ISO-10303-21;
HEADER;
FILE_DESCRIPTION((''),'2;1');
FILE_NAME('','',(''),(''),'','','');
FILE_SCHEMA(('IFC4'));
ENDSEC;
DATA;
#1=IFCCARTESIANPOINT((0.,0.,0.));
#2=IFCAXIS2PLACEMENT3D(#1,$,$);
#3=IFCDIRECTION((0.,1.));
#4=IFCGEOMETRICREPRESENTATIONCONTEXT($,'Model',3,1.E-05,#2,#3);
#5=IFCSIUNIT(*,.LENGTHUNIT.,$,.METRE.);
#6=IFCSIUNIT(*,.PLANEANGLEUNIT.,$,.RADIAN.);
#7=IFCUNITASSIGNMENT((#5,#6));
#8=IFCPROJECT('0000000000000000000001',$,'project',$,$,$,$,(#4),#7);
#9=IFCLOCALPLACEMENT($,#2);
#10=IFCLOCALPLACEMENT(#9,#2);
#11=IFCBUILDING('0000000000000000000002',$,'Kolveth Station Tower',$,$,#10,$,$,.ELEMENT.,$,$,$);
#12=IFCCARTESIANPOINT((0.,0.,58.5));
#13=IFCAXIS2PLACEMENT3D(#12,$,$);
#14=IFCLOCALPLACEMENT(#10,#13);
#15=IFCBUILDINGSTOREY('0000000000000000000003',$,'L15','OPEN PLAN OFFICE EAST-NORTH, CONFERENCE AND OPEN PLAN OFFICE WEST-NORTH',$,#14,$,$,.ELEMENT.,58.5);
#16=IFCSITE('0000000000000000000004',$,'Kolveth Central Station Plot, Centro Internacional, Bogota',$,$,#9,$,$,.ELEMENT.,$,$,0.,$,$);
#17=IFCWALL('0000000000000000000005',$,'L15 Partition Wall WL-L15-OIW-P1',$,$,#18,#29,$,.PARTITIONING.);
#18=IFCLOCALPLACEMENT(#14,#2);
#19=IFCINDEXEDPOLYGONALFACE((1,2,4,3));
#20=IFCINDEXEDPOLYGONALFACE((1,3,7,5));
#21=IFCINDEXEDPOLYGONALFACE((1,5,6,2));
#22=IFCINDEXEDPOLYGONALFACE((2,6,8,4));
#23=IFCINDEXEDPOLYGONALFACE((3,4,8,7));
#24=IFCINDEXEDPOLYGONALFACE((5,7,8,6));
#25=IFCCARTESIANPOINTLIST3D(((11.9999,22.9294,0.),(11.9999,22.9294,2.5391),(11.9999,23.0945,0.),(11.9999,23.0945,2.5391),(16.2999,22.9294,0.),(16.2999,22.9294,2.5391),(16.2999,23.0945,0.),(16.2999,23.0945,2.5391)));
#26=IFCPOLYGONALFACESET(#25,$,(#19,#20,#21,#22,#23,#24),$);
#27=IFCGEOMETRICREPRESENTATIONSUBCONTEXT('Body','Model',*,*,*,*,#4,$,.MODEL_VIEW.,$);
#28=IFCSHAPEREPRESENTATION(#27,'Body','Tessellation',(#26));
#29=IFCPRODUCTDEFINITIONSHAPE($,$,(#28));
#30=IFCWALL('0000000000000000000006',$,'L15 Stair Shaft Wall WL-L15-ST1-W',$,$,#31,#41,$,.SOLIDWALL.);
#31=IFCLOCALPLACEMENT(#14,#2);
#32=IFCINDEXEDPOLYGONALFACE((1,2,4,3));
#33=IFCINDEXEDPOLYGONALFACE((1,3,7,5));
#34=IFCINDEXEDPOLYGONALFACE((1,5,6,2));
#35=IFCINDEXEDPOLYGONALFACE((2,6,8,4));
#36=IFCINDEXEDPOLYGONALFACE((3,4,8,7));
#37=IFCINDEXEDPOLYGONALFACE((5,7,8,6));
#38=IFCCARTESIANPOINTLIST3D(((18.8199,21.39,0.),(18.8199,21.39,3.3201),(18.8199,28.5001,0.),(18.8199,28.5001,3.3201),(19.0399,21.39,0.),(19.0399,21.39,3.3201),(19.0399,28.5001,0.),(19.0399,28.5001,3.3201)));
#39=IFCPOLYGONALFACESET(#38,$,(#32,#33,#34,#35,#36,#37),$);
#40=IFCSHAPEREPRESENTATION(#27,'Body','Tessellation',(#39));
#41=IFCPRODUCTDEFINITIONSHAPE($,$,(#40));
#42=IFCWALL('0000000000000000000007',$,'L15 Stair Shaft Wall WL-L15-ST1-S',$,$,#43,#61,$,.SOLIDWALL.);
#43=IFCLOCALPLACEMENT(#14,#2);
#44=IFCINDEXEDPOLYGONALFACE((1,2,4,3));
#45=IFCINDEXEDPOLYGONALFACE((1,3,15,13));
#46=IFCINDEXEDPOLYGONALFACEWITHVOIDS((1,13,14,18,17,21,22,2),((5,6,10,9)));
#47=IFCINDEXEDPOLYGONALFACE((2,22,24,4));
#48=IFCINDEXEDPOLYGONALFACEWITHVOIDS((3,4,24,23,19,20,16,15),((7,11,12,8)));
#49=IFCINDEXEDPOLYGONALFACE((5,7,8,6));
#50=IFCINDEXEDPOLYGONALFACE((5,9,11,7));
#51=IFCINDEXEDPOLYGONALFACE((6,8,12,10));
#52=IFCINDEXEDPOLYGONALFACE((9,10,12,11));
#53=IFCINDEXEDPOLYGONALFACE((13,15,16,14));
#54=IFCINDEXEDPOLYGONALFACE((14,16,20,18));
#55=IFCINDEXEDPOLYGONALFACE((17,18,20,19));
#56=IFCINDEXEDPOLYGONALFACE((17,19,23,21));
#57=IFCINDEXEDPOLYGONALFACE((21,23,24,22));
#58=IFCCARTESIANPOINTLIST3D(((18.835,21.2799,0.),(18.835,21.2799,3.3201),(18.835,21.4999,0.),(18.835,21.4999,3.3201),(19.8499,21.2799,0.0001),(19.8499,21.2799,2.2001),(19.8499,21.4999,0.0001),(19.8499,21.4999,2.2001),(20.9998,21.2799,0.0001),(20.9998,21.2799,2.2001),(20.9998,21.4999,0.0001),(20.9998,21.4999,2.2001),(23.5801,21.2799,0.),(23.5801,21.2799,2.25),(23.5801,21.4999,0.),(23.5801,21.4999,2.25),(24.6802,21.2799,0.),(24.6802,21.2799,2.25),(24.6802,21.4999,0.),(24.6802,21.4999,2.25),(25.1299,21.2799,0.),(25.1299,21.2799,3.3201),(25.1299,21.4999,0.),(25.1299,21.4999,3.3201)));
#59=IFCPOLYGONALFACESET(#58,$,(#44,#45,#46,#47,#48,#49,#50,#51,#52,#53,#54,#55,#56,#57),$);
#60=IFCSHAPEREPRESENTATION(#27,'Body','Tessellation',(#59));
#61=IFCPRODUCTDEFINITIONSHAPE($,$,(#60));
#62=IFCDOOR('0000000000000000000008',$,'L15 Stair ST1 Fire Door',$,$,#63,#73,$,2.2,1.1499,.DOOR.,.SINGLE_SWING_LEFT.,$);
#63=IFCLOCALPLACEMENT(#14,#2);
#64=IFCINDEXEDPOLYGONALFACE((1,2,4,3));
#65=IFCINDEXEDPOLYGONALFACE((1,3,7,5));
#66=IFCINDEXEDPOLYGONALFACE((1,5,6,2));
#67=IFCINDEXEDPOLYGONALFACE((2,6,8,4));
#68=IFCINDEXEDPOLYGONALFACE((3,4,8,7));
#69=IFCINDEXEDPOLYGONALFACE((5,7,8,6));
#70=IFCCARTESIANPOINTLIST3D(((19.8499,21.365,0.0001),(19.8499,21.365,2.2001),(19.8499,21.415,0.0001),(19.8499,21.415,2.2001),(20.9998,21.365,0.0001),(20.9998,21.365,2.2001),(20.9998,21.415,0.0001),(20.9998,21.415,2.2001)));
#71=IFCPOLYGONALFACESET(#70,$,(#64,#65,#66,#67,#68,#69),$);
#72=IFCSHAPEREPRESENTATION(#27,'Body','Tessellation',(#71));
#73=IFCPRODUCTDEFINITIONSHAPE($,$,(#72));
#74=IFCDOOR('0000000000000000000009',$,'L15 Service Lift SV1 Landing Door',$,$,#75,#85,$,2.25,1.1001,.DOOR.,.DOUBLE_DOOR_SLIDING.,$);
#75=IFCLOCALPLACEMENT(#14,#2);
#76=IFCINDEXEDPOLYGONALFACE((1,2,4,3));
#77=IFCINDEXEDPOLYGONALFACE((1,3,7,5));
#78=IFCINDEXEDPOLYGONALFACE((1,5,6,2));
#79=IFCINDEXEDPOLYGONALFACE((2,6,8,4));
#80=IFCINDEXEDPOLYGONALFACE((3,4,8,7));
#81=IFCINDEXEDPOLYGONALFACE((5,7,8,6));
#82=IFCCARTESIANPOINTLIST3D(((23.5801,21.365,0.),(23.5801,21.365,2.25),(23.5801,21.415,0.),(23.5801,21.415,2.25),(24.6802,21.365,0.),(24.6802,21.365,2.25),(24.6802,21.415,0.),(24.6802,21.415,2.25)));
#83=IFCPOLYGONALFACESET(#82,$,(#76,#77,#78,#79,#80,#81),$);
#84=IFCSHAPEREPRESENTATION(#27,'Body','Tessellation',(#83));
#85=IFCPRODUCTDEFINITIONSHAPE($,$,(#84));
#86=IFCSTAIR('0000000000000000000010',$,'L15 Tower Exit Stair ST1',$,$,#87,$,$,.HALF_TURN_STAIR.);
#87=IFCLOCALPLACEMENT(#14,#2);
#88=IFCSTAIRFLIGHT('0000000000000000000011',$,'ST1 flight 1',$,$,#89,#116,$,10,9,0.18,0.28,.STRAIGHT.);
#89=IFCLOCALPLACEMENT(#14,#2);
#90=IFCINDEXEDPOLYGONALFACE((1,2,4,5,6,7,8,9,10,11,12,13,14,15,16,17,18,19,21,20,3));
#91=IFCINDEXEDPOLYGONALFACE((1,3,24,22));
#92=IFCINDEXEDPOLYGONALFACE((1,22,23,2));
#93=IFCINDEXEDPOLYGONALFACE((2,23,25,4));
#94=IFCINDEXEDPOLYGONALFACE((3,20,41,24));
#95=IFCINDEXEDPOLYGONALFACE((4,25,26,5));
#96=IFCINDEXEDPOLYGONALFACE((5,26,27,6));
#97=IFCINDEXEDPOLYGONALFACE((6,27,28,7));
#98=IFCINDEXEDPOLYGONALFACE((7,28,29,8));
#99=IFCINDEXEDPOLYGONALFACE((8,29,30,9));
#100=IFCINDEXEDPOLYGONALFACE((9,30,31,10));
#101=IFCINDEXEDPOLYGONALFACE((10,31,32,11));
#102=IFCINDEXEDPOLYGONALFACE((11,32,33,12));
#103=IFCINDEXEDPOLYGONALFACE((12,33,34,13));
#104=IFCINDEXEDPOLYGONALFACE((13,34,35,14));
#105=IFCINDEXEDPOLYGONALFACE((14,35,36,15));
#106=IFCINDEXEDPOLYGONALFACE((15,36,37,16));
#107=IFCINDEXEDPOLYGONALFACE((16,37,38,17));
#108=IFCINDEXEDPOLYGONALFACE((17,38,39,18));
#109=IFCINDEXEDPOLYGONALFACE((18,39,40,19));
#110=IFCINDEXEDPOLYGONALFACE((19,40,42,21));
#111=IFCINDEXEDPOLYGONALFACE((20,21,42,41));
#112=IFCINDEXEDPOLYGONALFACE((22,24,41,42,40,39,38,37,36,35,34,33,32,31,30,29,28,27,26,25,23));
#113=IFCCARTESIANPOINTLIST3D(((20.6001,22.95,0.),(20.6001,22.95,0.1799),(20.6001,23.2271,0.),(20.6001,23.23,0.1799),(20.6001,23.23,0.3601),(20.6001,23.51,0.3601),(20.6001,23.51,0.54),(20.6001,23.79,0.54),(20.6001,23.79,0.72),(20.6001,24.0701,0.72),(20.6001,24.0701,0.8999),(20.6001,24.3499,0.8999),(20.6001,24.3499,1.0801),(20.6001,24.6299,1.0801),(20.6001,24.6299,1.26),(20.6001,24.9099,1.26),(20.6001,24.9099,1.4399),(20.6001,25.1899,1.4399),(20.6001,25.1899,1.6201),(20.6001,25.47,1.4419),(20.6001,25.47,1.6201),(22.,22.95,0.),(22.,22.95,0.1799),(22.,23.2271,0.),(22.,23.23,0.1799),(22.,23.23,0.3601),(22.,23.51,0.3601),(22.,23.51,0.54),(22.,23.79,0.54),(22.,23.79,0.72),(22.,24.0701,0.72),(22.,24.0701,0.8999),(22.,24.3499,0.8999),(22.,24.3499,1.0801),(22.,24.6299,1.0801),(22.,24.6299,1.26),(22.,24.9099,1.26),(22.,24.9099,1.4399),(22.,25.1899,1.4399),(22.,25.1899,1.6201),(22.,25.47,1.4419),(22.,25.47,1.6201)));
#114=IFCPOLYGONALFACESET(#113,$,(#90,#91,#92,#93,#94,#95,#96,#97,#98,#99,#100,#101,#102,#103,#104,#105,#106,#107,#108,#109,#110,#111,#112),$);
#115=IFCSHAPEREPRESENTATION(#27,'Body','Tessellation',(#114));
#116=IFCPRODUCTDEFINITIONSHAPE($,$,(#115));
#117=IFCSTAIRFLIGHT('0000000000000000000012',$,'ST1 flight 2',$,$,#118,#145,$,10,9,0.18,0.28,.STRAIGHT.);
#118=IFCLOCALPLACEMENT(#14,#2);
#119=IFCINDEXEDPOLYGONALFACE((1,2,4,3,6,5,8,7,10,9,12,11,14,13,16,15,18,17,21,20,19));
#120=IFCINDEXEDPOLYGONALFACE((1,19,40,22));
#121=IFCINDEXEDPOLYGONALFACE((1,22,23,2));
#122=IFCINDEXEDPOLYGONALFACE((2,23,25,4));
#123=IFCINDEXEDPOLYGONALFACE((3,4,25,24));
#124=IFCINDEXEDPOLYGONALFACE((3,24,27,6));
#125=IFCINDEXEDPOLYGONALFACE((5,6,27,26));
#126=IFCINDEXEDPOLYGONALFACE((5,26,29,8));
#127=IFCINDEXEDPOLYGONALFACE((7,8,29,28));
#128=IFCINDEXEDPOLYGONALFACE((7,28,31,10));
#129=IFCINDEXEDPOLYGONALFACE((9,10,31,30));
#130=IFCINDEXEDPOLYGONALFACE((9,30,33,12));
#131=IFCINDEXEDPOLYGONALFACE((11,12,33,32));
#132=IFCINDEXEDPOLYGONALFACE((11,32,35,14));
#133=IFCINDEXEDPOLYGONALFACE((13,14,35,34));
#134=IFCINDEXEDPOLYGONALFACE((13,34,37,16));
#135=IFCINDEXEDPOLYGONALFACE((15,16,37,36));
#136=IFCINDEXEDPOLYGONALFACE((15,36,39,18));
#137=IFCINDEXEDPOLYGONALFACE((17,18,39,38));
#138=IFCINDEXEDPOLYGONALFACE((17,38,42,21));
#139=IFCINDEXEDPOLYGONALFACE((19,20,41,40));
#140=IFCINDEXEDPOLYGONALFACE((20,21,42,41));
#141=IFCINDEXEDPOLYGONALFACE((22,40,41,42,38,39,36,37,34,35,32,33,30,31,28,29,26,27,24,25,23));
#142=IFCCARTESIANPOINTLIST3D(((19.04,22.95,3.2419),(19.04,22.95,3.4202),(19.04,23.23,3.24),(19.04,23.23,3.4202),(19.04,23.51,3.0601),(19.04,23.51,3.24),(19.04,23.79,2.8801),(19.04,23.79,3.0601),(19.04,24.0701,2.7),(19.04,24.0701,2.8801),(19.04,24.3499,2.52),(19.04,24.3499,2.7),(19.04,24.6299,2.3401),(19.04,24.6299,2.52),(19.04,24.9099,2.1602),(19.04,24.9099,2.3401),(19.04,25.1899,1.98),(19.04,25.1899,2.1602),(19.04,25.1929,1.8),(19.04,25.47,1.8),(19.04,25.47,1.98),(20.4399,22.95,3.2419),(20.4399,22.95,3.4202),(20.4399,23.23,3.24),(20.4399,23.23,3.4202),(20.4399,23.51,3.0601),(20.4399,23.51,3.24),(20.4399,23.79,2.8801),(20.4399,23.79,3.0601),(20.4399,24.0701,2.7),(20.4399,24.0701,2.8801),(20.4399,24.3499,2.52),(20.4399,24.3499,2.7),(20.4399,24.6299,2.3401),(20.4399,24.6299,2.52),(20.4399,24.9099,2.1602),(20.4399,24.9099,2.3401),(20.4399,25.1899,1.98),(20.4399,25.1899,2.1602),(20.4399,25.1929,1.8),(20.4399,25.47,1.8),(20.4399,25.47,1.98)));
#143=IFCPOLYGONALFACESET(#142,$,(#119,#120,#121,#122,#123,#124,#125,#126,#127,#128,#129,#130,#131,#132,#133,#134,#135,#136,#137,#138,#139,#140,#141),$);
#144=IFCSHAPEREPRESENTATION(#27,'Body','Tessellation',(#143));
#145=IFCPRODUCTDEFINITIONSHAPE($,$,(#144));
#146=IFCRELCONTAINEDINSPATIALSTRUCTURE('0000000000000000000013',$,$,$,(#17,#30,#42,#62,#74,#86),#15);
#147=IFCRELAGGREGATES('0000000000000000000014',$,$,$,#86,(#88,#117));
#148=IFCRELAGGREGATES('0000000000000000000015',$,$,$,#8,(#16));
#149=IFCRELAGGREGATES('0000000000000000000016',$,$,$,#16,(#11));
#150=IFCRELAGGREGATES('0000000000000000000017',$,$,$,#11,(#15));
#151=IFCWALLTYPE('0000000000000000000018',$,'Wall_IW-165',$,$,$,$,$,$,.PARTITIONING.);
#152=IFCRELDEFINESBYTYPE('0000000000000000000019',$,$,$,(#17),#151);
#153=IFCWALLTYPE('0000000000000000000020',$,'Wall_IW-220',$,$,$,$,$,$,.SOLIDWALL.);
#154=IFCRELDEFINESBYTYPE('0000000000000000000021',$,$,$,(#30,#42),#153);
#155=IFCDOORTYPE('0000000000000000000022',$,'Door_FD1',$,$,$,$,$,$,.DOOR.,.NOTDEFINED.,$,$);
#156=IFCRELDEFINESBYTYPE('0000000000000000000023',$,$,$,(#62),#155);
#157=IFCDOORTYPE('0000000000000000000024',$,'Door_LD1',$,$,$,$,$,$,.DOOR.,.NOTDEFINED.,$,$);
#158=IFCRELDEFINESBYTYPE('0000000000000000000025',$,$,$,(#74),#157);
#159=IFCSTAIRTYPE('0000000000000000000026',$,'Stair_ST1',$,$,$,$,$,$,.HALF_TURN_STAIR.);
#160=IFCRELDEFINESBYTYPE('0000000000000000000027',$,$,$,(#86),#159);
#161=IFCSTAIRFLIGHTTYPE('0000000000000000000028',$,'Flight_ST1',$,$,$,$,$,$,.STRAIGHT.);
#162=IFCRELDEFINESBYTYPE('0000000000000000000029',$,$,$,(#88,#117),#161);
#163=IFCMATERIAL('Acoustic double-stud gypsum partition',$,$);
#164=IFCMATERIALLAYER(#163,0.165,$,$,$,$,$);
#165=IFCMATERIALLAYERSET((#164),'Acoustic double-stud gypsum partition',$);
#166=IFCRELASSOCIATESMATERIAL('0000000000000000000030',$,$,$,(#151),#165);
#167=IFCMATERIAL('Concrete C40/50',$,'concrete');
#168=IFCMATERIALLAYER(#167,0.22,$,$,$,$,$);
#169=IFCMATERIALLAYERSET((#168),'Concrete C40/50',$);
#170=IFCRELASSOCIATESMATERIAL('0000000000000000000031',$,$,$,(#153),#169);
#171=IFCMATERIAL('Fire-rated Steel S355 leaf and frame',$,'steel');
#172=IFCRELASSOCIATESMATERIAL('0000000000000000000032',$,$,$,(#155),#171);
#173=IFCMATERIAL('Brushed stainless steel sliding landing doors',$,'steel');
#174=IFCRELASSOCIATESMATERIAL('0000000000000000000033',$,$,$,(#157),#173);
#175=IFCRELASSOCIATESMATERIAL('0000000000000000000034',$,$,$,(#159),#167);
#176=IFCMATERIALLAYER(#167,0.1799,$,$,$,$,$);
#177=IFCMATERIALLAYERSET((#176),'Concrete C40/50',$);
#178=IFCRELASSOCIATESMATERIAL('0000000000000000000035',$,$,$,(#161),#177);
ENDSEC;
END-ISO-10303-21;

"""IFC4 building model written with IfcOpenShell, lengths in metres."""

from ifc_helpers import new_model, si_unit, direction, frame, frame_2d, origin, place, context, subcontext, project, spatial, polyline, rectangle, outline, extrude, material, layer, layer_set, type_object, element, fill, aggregate, save


model = new_model("IFC4")

# Units and contexts
model_context = context("Model", 3, precision=1e-05, world=origin(), true_north=direction((0.0, 1.0)))
body_context = subcontext(model_context, "Body", "Model", "MODEL_VIEW")
ifc_project = project(units=[si_unit("LENGTHUNIT", "METRE"), si_unit("PLANEANGLEUNIT", "RADIAN")], contexts=[model_context])

# Site, building, storey
site_placement = place(None, origin())
site = spatial("IfcSite", under=ifc_project, at=site_placement, Name="Kolveth Central Station Plot, Centro Internacional, Bogota", CompositionType="ELEMENT", RefElevation=0.0)
building_placement = place(site_placement, origin())
building = spatial("IfcBuilding", under=site, at=building_placement, Name="Kolveth Station Tower", CompositionType="ELEMENT")
storey_placement = place(building_placement, frame((0.0, 0.0, 58.5)))
storey = spatial("IfcBuildingStorey", under=building, at=storey_placement, Name="L15", Description="OPEN PLAN OFFICE EAST-NORTH, CONFERENCE AND OPEN PLAN OFFICE WEST-NORTH", CompositionType="ELEMENT", Elevation=58.5)

# Walls
ifc_material_1 = material(Name="Acoustic double-stud gypsum partition")
ifc_layer_1 = layer(ifc_material_1, 0.165)
ifc_layer_set_1 = layer_set([ifc_layer_1], Name="Acoustic double-stud gypsum partition")
wall_type_1 = type_object("IfcWallType", Name="Wall_IW-165", PredefinedType="PARTITIONING", material=ifc_layer_set_1)
wall_1_placement = place(storey_placement, frame((12.0, 23.012, 0.0), z_axis=(0.0, 0.0, 1.0), x_axis=(1.0, 0.0, 0.0)))
element("IfcWall", 1, at=wall_1_placement, inside=storey, type_object=wall_type_1, Name="L15 Partition Wall WL-L15-OIW-P1", PredefinedType="PARTITIONING", context=body_context, shape_type="SweptSolid", body=[
    extrude(rectangle(XDim=4.3, YDim=0.165, at=frame_2d((2.1499, 0.0))), origin(), (0.0, 0.0, 1.0), 2.5391),
])
ifc_material_2 = material(Name="Concrete C40/50", Category="concrete")
ifc_layer_2 = layer(ifc_material_2, 0.22)
ifc_layer_set_2 = layer_set([ifc_layer_2], Name="Concrete C40/50")
wall_type_2 = type_object("IfcWallType", Name="Wall_IW-220", PredefinedType="SOLIDWALL", material=ifc_layer_set_2)
wall_2_placement = place(storey_placement, frame((18.9299, 21.3899, 0.0), z_axis=(0.0, 0.0, 1.0), x_axis=(0.0, 1.0, 0.0)))
element("IfcWall", 2, at=wall_2_placement, inside=storey, type_object=wall_type_2, Name="L15 Stair Shaft Wall WL-L15-ST1-W", PredefinedType="SOLIDWALL", context=body_context, shape_type="SweptSolid", body=[
    extrude(rectangle(XDim=7.1101, YDim=0.22, at=frame_2d((3.5552, 0.0))), origin(), (0.0, 0.0, 1.0), 3.3201),
])

# Wall, openings, doors
wall_3_placement = place(storey_placement, frame((18.835, 21.3899, 0.0), z_axis=(0.0, 0.0, 1.0), x_axis=(1.0, 0.0, 0.0)))
wall_3 = element("IfcWall", 3, at=wall_3_placement, inside=storey, type_object=wall_type_2, Name="L15 Stair Shaft Wall WL-L15-ST1-S", PredefinedType="SOLIDWALL", context=body_context, shape_type="SweptSolid", body=[
    extrude(rectangle(XDim=6.2949, YDim=0.22, at=frame_2d((3.1475, 0.0))), origin(), (0.0, 0.0, 1.0), 3.3201),
])
opening_1_placement = place(wall_3_placement, frame((1.0149, 0.0, 0.0)))
opening_1 = element("IfcOpeningElement", 4, at=opening_1_placement, cuts=wall_3, PredefinedType="OPENING", context=body_context, shape_type="SweptSolid", body=[
    extrude(rectangle(XDim=1.1499, YDim=2.2, at=frame_2d((0.575, 1.1001))), frame((0.0, 0.1199, 0.0), z_axis=(0.0, -1.0, 0.0), x_axis=(1.0, 0.0, 0.0)), (0.0, 0.0, 1.0), 0.24),
])
opening_2_placement = place(wall_3_placement, frame((4.7451, 0.0, 0.0)))
opening_2 = element("IfcOpeningElement", 5, at=opening_2_placement, cuts=wall_3, PredefinedType="OPENING", context=body_context, shape_type="SweptSolid", body=[
    extrude(rectangle(XDim=1.1001, YDim=2.25, at=frame_2d((0.55, 1.125))), frame((0.0, 0.1199, 0.0), z_axis=(0.0, -1.0, 0.0), x_axis=(1.0, 0.0, 0.0)), (0.0, 0.0, 1.0), 0.24),
])
ifc_material_3 = material(Name="Fire-rated Steel S355 leaf and frame", Category="steel")
door_type_1 = type_object("IfcDoorType", Name="Door_FD1", OperationType="NOTDEFINED", PredefinedType="DOOR", material=ifc_material_3)
door_1_placement = place(opening_1_placement, frame((1.1499, 0.0, 0.0), z_axis=(0.0, 0.0, 1.0), x_axis=(-1.0, 0.0, 0.0)))
door_1 = element("IfcDoor", 6, at=door_1_placement, inside=storey, type_object=door_type_1, Name="L15 Stair ST1 Fire Door", OperationType="SINGLE_SWING_LEFT", OverallHeight=2.2, OverallWidth=1.1499, PredefinedType="DOOR", context=body_context, shape_type="SweptSolid", body=[
    extrude(rectangle(XDim=1.1499, YDim=2.2, at=frame_2d((0.575, 1.1001))), frame((0.0, 0.0249, 0.0), z_axis=(0.0, -1.0, 0.0), x_axis=(1.0, 0.0, 0.0)), (0.0, 0.0, 1.0), 0.05),
])
fill(opening_1, door_1)
ifc_material_4 = material(Name="Brushed stainless steel sliding landing doors", Category="steel")
door_type_2 = type_object("IfcDoorType", Name="Door_LD1", OperationType="NOTDEFINED", PredefinedType="DOOR", material=ifc_material_4)
door_2_placement = place(opening_2_placement, frame((1.1001, 0.0, 0.0), z_axis=(0.0, 0.0, 1.0), x_axis=(-1.0, 0.0, 0.0)))
door_2 = element("IfcDoor", 7, at=door_2_placement, inside=storey, type_object=door_type_2, Name="L15 Service Lift SV1 Landing Door", OperationType="DOUBLE_DOOR_SLIDING", OverallHeight=2.25, OverallWidth=1.1001, PredefinedType="DOOR", context=body_context, shape_type="SweptSolid", body=[
    extrude(rectangle(XDim=1.1001, YDim=2.25, at=frame_2d((0.55, 1.125))), frame((0.0, 0.0249, 0.0), z_axis=(0.0, -1.0, 0.0), x_axis=(1.0, 0.0, 0.0)), (0.0, 0.0, 1.0), 0.05),
])
fill(opening_2, door_2)

# Stair, stair flights
stair_type = type_object("IfcStairType", Name="Stair_ST1", PredefinedType="HALF_TURN_STAIR", material=ifc_material_2)
stair_placement = place(storey_placement, origin())
stair = element("IfcStair", 8, at=stair_placement, inside=storey, type_object=stair_type, Name="L15 Tower Exit Stair ST1", PredefinedType="HALF_TURN_STAIR")
ifc_layer_3 = layer(ifc_material_2, 0.1799)
ifc_layer_set_3 = layer_set([ifc_layer_3], Name="Concrete C40/50")
stair_flight_type = type_object("IfcStairFlightType", Name="Flight_ST1", PredefinedType="STRAIGHT", material=ifc_layer_set_3)
stair_flight_1_placement = place(storey_placement, frame((21.3, 22.95, 0.0), z_axis=(0.0, 0.0, 1.0), x_axis=(0.0, 1.0, 0.0)))
stair_flight_1 = element("IfcStairFlight", 9, at=stair_flight_1_placement, type_object=stair_flight_type, Name="ST1 flight 1", NumberOfRisers=10, NumberOfTreads=9, PredefinedType="STRAIGHT", RiserHeight=0.18, TreadLength=0.28, context=body_context, shape_type="SweptSolid", body=[
    extrude(outline(polyline([(0.0, 0.0), (0.0, 0.1799), (0.28, 0.1799), (0.28, 0.3601), (0.5601, 0.3601), (0.5601, 0.54), (0.8401, 0.54), (0.8401, 0.72), (1.1201, 0.72), (1.1201, 0.8999), (1.3999, 0.8999), (1.3999, 1.0801), (1.6799, 1.0801), (1.6799, 1.26), (1.96, 1.26), (1.96, 1.4399), (2.24, 1.4399), (2.24, 1.6201), (2.52, 1.6201), (2.52, 1.8), (2.52, 1.4419), (0.2771, 0.0), (0.0, 0.0)])), frame((0.0, 0.7, 0.0), z_axis=(0.0, -1.0, 0.0), x_axis=(1.0, 0.0, 0.0)), (0.0, 0.0, 1.0), 1.3999),
])
stair_flight_2_placement = place(storey_placement, frame((19.74, 25.47, 1.8), z_axis=(0.0, 0.0, 1.0), x_axis=(0.0, -1.0, 0.0)))
stair_flight_2 = element("IfcStairFlight", 10, at=stair_flight_2_placement, type_object=stair_flight_type, Name="ST1 flight 2", NumberOfRisers=10, NumberOfTreads=9, PredefinedType="STRAIGHT", RiserHeight=0.18, TreadLength=0.28, context=body_context, shape_type="SweptSolid", body=[
    extrude(outline(polyline([(0.0, 0.0), (0.0, 0.1799), (0.28, 0.1799), (0.28, 0.3601), (0.5601, 0.3601), (0.5601, 0.54), (0.8401, 0.54), (0.8401, 0.72), (1.1201, 0.72), (1.1201, 0.8999), (1.3999, 0.8999), (1.3999, 1.0801), (1.6799, 1.0801), (1.6799, 1.26), (1.96, 1.26), (1.96, 1.4399), (2.24, 1.4399), (2.24, 1.6201), (2.52, 1.6201), (2.52, 1.8), (2.52, 1.4419), (0.2771, 0.0), (0.0, 0.0)])), frame((0.0, 0.7, 0.0), z_axis=(0.0, -1.0, 0.0), x_axis=(1.0, 0.0, 0.0)), (0.0, 0.0, 1.0), 1.3999),
])
aggregate(stair, [stair_flight_1, stair_flight_2])

save(model, "model.ifc")
